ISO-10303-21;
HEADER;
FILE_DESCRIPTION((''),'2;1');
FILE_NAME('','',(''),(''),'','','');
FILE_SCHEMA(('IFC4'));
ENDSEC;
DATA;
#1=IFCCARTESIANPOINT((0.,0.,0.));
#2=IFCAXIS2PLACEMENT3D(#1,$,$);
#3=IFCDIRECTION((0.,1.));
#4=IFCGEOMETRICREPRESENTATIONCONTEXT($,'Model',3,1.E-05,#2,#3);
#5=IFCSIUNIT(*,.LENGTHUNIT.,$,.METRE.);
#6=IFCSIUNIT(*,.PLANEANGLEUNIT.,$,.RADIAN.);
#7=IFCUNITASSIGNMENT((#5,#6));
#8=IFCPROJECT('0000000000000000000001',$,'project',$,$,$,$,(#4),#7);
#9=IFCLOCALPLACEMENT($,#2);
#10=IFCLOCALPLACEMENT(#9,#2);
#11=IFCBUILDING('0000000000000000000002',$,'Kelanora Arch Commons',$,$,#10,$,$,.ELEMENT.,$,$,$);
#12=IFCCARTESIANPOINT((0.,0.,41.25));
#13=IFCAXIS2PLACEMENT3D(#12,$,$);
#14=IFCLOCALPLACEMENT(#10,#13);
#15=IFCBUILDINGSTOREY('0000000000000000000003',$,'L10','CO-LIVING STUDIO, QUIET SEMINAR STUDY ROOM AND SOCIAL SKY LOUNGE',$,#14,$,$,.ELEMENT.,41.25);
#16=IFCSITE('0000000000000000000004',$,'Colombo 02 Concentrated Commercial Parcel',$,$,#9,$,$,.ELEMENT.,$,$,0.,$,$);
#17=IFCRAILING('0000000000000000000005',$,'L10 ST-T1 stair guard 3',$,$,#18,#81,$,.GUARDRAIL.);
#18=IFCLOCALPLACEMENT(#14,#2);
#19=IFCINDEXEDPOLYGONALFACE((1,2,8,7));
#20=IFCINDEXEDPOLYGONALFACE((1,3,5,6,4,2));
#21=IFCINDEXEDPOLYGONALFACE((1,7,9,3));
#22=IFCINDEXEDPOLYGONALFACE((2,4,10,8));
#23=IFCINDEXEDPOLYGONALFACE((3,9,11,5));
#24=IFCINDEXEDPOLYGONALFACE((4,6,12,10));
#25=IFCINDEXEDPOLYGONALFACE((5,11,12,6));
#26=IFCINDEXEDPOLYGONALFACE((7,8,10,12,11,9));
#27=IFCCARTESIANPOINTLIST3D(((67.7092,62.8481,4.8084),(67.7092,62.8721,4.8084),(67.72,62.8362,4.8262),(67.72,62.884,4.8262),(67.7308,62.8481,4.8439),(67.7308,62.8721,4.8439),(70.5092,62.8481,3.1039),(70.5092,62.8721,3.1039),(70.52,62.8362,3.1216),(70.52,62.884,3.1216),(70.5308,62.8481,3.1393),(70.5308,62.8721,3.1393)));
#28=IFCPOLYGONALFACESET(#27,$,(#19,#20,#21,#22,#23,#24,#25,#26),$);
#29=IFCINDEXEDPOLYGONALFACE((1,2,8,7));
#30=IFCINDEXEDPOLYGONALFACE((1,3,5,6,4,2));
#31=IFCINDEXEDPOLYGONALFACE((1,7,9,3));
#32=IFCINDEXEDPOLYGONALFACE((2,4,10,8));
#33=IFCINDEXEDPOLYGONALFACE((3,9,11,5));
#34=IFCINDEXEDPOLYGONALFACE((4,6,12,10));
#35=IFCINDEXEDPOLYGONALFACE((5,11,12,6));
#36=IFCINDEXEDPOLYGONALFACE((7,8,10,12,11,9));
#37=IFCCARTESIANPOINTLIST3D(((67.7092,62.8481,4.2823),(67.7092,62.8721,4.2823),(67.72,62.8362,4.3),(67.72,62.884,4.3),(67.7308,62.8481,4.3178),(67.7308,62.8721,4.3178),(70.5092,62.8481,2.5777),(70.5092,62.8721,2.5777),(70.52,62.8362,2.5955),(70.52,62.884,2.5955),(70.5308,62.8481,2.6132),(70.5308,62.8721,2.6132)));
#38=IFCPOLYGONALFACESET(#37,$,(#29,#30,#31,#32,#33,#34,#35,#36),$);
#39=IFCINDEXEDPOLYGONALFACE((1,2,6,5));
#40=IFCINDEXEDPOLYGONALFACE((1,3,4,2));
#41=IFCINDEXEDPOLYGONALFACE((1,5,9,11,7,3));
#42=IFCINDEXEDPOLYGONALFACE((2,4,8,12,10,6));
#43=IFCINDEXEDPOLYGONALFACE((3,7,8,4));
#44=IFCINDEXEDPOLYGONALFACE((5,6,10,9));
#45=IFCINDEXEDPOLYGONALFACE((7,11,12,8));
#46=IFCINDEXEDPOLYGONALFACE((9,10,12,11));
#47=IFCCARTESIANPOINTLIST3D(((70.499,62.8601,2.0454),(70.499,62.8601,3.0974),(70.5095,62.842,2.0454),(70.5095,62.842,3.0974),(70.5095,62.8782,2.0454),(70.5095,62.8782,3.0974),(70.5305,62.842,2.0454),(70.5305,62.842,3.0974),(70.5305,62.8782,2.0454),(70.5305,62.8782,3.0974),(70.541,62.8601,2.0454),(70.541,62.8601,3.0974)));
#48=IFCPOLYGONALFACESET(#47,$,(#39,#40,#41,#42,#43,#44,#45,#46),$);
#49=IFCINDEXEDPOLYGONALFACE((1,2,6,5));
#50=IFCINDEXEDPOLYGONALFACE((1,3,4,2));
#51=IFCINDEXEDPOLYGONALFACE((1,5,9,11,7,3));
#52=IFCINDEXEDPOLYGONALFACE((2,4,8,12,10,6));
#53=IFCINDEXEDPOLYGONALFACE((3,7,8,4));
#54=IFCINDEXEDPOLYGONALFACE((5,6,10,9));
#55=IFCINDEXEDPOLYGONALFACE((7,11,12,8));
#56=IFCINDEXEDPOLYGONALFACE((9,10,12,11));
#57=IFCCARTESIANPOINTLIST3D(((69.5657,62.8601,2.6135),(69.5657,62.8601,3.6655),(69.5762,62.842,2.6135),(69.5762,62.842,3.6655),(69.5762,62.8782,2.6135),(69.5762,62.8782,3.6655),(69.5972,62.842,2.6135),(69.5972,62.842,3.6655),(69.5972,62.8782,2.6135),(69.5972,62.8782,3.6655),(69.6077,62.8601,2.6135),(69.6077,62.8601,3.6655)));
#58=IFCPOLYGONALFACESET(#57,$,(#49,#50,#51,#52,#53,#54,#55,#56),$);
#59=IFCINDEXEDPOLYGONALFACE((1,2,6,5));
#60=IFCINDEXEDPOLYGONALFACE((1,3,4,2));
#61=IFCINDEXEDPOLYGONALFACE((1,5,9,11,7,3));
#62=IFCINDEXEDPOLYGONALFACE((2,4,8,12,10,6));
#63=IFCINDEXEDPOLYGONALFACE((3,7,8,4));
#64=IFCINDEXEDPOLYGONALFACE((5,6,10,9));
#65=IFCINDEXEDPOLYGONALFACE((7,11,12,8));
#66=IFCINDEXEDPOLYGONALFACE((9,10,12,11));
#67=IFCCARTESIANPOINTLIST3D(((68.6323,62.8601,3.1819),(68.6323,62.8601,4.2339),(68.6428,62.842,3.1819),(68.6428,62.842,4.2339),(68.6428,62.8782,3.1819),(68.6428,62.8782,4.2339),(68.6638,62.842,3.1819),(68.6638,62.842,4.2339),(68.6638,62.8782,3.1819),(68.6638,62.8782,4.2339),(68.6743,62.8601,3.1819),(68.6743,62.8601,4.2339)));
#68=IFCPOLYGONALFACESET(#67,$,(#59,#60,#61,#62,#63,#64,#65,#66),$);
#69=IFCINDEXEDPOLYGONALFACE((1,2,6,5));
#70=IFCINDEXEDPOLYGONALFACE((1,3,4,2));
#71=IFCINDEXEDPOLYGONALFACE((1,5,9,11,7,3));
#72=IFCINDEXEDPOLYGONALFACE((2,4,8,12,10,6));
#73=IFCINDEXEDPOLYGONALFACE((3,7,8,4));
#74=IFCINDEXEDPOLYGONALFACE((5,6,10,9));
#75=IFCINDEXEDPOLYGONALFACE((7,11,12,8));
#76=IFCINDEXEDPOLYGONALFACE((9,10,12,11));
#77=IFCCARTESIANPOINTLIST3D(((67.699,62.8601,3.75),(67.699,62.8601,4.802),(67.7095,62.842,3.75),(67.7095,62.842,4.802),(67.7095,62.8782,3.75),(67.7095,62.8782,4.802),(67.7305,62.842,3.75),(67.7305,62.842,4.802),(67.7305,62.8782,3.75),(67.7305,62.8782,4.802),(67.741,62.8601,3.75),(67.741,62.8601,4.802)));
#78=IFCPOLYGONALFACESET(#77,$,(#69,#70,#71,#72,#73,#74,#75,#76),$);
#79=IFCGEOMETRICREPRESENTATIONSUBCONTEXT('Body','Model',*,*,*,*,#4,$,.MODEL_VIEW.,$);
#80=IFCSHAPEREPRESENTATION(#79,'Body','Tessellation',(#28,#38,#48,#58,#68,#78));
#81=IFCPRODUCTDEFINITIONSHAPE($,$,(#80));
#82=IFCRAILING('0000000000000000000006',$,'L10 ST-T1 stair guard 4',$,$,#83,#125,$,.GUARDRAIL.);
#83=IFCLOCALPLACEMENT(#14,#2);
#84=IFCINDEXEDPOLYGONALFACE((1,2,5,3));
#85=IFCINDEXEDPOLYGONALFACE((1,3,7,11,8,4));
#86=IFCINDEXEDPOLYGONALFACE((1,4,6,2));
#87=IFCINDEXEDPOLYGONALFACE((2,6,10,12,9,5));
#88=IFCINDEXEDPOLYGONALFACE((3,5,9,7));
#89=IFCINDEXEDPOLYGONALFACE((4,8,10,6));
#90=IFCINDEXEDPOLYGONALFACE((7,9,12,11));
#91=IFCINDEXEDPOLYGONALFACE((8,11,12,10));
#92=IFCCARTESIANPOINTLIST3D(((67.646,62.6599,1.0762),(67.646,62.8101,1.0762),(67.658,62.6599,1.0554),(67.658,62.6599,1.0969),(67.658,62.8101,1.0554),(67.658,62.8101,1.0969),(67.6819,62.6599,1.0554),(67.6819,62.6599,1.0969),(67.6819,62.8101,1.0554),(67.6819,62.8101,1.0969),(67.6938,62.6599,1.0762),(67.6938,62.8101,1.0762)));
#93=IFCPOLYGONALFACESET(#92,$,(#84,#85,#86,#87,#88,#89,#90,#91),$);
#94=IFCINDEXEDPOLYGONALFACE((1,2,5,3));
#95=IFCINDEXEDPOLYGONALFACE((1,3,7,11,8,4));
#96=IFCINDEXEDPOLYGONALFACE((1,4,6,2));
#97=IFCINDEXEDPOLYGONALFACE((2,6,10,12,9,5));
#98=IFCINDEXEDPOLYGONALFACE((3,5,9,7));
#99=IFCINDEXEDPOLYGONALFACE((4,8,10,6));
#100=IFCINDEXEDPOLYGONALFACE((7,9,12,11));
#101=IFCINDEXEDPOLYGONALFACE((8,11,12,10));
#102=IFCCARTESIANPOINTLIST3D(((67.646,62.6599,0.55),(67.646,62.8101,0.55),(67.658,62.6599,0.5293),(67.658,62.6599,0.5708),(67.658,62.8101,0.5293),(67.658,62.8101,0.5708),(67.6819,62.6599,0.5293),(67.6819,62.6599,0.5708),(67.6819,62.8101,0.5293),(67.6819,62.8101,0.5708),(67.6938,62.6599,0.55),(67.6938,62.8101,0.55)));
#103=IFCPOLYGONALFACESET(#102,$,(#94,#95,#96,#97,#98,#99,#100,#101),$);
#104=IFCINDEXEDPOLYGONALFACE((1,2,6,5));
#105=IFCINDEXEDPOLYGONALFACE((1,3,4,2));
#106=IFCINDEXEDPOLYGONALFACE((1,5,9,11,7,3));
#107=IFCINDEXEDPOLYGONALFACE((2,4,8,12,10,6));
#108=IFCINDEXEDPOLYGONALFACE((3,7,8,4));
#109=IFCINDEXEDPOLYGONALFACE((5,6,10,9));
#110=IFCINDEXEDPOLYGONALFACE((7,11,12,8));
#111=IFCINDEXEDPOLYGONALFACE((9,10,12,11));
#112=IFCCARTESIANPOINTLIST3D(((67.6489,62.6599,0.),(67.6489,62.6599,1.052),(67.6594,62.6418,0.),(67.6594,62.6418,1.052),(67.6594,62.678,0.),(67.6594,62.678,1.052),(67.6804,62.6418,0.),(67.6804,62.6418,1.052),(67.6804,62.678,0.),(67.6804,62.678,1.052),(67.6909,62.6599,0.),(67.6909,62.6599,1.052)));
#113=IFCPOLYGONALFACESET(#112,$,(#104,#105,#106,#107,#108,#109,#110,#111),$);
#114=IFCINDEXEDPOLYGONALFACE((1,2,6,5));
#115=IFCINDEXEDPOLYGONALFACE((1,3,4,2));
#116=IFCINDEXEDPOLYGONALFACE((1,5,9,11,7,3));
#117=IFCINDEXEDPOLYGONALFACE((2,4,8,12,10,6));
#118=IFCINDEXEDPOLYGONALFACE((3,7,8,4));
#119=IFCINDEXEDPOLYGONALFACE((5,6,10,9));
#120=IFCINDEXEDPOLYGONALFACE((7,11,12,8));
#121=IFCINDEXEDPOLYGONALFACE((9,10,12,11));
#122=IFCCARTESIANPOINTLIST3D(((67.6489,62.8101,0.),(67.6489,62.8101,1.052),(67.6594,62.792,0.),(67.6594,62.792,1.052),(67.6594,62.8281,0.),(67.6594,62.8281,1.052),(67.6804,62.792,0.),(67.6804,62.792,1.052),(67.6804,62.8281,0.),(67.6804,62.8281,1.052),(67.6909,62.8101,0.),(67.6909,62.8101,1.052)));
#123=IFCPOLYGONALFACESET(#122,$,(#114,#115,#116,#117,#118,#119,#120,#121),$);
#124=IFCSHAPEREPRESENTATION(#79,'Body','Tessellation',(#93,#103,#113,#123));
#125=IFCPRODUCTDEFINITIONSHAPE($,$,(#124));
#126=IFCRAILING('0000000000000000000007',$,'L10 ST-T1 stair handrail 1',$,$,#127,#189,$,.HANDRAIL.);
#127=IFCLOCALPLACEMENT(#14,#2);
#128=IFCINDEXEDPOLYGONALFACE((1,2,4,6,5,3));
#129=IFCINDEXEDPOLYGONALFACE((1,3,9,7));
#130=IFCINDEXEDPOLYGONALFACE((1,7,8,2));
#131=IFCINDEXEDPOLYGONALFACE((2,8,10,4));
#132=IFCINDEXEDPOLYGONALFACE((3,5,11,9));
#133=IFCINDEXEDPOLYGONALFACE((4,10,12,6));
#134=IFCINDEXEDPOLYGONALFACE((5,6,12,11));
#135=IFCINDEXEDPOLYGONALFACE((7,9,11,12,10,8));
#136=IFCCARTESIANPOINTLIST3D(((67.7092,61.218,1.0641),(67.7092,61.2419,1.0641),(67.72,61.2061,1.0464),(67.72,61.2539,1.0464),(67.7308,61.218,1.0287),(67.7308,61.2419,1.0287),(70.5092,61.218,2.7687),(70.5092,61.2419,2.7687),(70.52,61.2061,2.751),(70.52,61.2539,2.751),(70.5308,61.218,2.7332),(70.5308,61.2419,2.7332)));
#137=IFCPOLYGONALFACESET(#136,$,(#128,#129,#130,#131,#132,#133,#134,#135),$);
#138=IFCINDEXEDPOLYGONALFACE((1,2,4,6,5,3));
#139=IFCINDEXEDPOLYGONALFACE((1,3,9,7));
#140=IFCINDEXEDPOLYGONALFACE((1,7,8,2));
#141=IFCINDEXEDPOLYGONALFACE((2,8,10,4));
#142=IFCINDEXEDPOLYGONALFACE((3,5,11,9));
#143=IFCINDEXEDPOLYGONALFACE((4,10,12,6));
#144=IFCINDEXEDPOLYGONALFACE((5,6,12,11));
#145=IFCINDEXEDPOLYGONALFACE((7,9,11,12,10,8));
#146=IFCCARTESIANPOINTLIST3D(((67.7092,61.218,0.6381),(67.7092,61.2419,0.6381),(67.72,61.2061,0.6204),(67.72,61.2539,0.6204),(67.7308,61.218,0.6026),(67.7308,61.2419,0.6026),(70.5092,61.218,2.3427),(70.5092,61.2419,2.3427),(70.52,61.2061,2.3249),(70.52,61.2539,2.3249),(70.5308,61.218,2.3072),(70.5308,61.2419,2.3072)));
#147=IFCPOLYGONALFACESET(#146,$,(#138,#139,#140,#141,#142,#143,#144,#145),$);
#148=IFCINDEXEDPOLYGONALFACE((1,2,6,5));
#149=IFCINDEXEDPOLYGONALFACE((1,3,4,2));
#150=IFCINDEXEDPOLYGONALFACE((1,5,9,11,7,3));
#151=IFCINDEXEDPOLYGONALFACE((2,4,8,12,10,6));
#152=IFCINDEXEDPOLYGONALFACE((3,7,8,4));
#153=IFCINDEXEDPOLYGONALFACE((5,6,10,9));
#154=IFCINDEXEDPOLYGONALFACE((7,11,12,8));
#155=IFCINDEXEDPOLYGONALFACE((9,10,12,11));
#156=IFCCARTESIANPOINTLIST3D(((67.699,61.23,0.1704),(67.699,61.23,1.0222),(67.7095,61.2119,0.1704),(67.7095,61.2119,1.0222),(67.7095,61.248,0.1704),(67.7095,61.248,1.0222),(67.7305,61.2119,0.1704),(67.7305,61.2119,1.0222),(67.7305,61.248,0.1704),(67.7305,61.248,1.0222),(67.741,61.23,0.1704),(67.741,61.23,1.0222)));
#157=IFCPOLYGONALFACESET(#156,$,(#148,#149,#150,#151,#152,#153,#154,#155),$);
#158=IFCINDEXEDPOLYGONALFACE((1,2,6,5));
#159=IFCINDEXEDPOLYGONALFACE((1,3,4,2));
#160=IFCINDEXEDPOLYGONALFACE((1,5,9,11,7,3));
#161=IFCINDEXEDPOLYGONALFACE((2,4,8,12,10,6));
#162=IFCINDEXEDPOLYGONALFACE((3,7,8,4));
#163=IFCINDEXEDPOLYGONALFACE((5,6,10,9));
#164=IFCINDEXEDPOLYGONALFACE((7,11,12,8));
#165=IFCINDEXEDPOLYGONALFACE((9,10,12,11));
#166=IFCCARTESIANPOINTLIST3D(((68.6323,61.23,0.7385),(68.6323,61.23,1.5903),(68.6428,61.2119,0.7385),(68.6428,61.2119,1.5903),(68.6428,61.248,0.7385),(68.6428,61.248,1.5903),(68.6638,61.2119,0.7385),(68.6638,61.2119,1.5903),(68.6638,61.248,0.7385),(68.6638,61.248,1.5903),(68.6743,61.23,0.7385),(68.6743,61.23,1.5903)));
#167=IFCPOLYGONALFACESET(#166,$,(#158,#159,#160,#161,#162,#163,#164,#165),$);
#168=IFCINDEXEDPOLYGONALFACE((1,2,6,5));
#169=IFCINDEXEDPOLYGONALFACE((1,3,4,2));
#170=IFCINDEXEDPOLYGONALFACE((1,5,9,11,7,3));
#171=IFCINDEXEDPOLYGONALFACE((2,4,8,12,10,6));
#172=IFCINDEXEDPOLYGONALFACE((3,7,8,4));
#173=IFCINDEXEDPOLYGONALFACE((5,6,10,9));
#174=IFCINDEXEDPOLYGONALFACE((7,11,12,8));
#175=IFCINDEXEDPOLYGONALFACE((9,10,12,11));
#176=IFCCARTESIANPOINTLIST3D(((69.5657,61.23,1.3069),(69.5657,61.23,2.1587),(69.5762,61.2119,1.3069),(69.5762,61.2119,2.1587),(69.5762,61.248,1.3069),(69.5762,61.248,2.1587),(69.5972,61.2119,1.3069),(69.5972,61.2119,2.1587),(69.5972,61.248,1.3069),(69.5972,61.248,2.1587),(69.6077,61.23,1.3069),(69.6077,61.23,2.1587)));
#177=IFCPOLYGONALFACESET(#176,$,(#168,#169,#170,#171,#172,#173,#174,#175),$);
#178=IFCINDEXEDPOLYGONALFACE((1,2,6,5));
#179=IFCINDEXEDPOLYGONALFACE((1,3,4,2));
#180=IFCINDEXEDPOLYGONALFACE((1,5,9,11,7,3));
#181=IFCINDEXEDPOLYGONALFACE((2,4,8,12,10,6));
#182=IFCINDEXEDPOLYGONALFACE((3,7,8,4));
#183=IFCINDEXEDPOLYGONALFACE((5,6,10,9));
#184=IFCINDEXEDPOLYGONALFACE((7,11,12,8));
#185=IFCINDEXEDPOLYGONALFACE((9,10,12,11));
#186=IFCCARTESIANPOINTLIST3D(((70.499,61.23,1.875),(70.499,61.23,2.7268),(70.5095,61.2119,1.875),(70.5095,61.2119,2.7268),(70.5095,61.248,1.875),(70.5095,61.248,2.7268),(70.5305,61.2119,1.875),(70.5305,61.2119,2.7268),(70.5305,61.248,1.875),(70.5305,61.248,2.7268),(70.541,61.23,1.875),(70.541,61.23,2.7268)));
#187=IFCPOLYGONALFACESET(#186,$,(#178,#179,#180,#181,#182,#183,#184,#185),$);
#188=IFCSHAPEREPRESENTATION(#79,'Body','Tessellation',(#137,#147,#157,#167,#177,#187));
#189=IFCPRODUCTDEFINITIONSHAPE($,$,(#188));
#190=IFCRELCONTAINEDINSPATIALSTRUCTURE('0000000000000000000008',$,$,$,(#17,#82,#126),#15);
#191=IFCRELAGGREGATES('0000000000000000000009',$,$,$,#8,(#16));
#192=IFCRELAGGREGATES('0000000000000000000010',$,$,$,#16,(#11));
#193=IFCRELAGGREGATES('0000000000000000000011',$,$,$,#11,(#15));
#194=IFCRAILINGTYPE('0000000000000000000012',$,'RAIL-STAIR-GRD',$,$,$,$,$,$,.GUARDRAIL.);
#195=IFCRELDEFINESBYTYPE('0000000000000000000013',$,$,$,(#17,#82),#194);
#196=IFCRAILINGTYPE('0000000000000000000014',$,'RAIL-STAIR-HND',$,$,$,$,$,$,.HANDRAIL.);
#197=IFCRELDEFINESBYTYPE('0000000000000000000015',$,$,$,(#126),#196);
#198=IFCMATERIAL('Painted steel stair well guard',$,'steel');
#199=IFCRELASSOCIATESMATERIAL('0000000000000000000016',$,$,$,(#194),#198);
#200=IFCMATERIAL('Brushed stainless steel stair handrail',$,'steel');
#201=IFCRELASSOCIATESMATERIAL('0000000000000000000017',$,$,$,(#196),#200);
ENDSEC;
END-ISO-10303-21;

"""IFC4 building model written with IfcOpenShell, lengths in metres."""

from ifc_helpers import new_model, si_unit, direction, frame, origin, place, context, subcontext, project, spatial, polyline, outline, extrude, material, type_object, element, save


model = new_model("IFC4")

# Units and contexts
model_context = context("Model", 3, precision=1e-05, world=origin(), true_north=direction((0.0, 1.0)))
body_context = subcontext(model_context, "Body", "Model", "MODEL_VIEW")
ifc_project = project(units=[si_unit("LENGTHUNIT", "METRE"), si_unit("PLANEANGLEUNIT", "RADIAN")], contexts=[model_context])

# Site, building, storey
site_placement = place(None, origin())
site = spatial("IfcSite", under=ifc_project, at=site_placement, Name="Colombo 02 Concentrated Commercial Parcel", CompositionType="ELEMENT", RefElevation=0.0)
building_placement = place(site_placement, origin())
building = spatial("IfcBuilding", under=site, at=building_placement, Name="Kelanora Arch Commons", CompositionType="ELEMENT")
storey_placement = place(building_placement, frame((0.0, 0.0, 41.25)))
storey = spatial("IfcBuildingStorey", under=building, at=storey_placement, Name="L10", Description="CO-LIVING STUDIO, QUIET SEMINAR STUDY ROOM AND SOCIAL SKY LOUNGE", CompositionType="ELEMENT", Elevation=41.25)

# Railings
ifc_material_1 = material(Name="Painted steel stair well guard", Category="steel")
railing_type_1 = type_object("IfcRailingType", Name="RAIL-STAIR-GRD", PredefinedType="GUARDRAIL", material=ifc_material_1)
railing_1_placement = place(storey_placement, frame((70.52, 62.8601, 2.0454)))
element("IfcRailing", 1, at=railing_1_placement, inside=storey, type_object=railing_type_1, Name="L10 ST-T1 stair guard 3", PredefinedType="GUARDRAIL", context=body_context, shape_type="SweptSolid", body=[
    extrude(outline(polyline([(0.0239, 0.0), (0.012, 0.0208), (-0.012, 0.0208), (-0.0239, 0.0), (-0.012, -0.0208), (0.012, -0.0208), (0.0239, 0.0)])), frame((0.0, 0.0, 1.0762), z_axis=(-0.85417, 0.0, 0.519994), x_axis=(0.0, -1.0, 0.0)), (0.0, 0.0, 1.0), 3.2781),
    extrude(outline(polyline([(0.0239, 0.0), (0.012, 0.0208), (-0.012, 0.0208), (-0.0239, 0.0), (-0.012, -0.0208), (0.012, -0.0208), (0.0239, 0.0)])), frame((0.0, 0.0, 0.55), z_axis=(-0.85417, 0.0, 0.519994), x_axis=(0.0, -1.0, 0.0)), (0.0, 0.0, 1.0), 3.2781),
    extrude(outline(polyline([(0.021, 0.0), (0.0105, 0.0181), (-0.0105, 0.0181), (-0.021, 0.0), (-0.0105, -0.0181), (0.0105, -0.0181), (0.021, 0.0)])), origin(), (0.0, 0.0, 1.0), 1.052),
    extrude(outline(polyline([(0.021, 0.0), (0.0105, 0.0181), (-0.0105, 0.0181), (-0.021, 0.0), (-0.0105, -0.0181), (0.0105, -0.0181), (0.021, 0.0)])), frame((-0.9333, 0.0, 0.5681)), (0.0, 0.0, 1.0), 1.052),
    extrude(outline(polyline([(0.021, 0.0), (0.0105, 0.0181), (-0.0105, 0.0181), (-0.021, 0.0), (-0.0105, -0.0181), (0.0105, -0.0181), (0.021, 0.0)])), frame((-1.8667, 0.0, 1.1365)), (0.0, 0.0, 1.0), 1.052),
    extrude(outline(polyline([(0.021, 0.0), (0.0105, 0.0181), (-0.0105, 0.0181), (-0.021, 0.0), (-0.0105, -0.0181), (0.0105, -0.0181), (0.021, 0.0)])), frame((-2.8, 0.0, 1.7046)), (0.0, 0.0, 1.0), 1.052),
])
railing_2_placement = place(storey_placement, frame((67.6699, 62.6599, 0.0)))
element("IfcRailing", 2, at=railing_2_placement, inside=storey, type_object=railing_type_1, Name="L10 ST-T1 stair guard 4", PredefinedType="GUARDRAIL", context=body_context, shape_type="SweptSolid", body=[
    extrude(outline(polyline([(0.0239, 0.0), (0.012, 0.0208), (-0.012, 0.0208), (-0.0239, 0.0), (-0.012, -0.0208), (0.012, -0.0208), (0.0239, 0.0)])), frame((0.0, 0.0, 1.0762), z_axis=(0.0, 1.0, 0.0), x_axis=(-1.0, 0.0, 0.0)), (0.0, 0.0, 1.0), 0.1501),
    extrude(outline(polyline([(0.0239, 0.0), (0.012, 0.0208), (-0.012, 0.0208), (-0.0239, 0.0), (-0.012, -0.0208), (0.012, -0.0208), (0.0239, 0.0)])), frame((0.0, 0.0, 0.55), z_axis=(0.0, 1.0, 0.0), x_axis=(-1.0, 0.0, 0.0)), (0.0, 0.0, 1.0), 0.1501),
    extrude(outline(polyline([(0.021, 0.0), (0.0105, 0.0181), (-0.0105, 0.0181), (-0.021, 0.0), (-0.0105, -0.0181), (0.0105, -0.0181), (0.021, 0.0)])), origin(), (0.0, 0.0, 1.0), 1.052),
    extrude(outline(polyline([(0.021, 0.0), (0.0105, 0.0181), (-0.0105, 0.0181), (-0.021, 0.0), (-0.0105, -0.0181), (0.0105, -0.0181), (0.021, 0.0)])), frame((0.0, 0.1501, 0.0)), (0.0, 0.0, 1.0), 1.052),
])
ifc_material_2 = material(Name="Brushed stainless steel stair handrail", Category="steel")
railing_type_2 = type_object("IfcRailingType", Name="RAIL-STAIR-HND", PredefinedType="HANDRAIL", material=ifc_material_2)
railing_3_placement = place(storey_placement, frame((67.72, 61.23, 0.1704)))
element("IfcRailing", 3, at=railing_3_placement, inside=storey, type_object=railing_type_2, Name="L10 ST-T1 stair handrail 1", PredefinedType="HANDRAIL", context=body_context, shape_type="SweptSolid", body=[
    extrude(outline(polyline([(0.0239, 0.0), (0.012, 0.0208), (-0.012, 0.0208), (-0.0239, 0.0), (-0.012, -0.0208), (0.012, -0.0208), (0.0239, 0.0)])), frame((0.0, 0.0, 0.876), z_axis=(0.85417, 0.0, 0.519994), x_axis=(0.0, 1.0, 0.0)), (0.0, 0.0, 1.0), 3.2781),
    extrude(outline(polyline([(0.0239, 0.0), (0.012, 0.0208), (-0.012, 0.0208), (-0.0239, 0.0), (-0.012, -0.0208), (0.012, -0.0208), (0.0239, 0.0)])), frame((0.0, 0.0, 0.45), z_axis=(0.85417, 0.0, 0.519994), x_axis=(0.0, 1.0, 0.0)), (0.0, 0.0, 1.0), 3.2781),
    extrude(outline(polyline([(0.021, 0.0), (0.0105, 0.0181), (-0.0105, 0.0181), (-0.021, 0.0), (-0.0105, -0.0181), (0.0105, -0.0181), (0.021, 0.0)])), origin(), (0.0, 0.0, 1.0), 0.8518),
    extrude(outline(polyline([(0.021, 0.0), (0.0105, 0.0181), (-0.0105, 0.0181), (-0.021, 0.0), (-0.0105, -0.0181), (0.0105, -0.0181), (0.021, 0.0)])), frame((0.9333, 0.0, 0.5681)), (0.0, 0.0, 1.0), 0.8518),
    extrude(outline(polyline([(0.021, 0.0), (0.0105, 0.0181), (-0.0105, 0.0181), (-0.021, 0.0), (-0.0105, -0.0181), (0.0105, -0.0181), (0.021, 0.0)])), frame((1.8667, 0.0, 1.1365)), (0.0, 0.0, 1.0), 0.8518),
    extrude(outline(polyline([(0.021, 0.0), (0.0105, 0.0181), (-0.0105, 0.0181), (-0.021, 0.0), (-0.0105, -0.0181), (0.0105, -0.0181), (0.021, 0.0)])), frame((2.8, 0.0, 1.7046)), (0.0, 0.0, 1.0), 0.8518),
])

save(model, "model.ifc")
